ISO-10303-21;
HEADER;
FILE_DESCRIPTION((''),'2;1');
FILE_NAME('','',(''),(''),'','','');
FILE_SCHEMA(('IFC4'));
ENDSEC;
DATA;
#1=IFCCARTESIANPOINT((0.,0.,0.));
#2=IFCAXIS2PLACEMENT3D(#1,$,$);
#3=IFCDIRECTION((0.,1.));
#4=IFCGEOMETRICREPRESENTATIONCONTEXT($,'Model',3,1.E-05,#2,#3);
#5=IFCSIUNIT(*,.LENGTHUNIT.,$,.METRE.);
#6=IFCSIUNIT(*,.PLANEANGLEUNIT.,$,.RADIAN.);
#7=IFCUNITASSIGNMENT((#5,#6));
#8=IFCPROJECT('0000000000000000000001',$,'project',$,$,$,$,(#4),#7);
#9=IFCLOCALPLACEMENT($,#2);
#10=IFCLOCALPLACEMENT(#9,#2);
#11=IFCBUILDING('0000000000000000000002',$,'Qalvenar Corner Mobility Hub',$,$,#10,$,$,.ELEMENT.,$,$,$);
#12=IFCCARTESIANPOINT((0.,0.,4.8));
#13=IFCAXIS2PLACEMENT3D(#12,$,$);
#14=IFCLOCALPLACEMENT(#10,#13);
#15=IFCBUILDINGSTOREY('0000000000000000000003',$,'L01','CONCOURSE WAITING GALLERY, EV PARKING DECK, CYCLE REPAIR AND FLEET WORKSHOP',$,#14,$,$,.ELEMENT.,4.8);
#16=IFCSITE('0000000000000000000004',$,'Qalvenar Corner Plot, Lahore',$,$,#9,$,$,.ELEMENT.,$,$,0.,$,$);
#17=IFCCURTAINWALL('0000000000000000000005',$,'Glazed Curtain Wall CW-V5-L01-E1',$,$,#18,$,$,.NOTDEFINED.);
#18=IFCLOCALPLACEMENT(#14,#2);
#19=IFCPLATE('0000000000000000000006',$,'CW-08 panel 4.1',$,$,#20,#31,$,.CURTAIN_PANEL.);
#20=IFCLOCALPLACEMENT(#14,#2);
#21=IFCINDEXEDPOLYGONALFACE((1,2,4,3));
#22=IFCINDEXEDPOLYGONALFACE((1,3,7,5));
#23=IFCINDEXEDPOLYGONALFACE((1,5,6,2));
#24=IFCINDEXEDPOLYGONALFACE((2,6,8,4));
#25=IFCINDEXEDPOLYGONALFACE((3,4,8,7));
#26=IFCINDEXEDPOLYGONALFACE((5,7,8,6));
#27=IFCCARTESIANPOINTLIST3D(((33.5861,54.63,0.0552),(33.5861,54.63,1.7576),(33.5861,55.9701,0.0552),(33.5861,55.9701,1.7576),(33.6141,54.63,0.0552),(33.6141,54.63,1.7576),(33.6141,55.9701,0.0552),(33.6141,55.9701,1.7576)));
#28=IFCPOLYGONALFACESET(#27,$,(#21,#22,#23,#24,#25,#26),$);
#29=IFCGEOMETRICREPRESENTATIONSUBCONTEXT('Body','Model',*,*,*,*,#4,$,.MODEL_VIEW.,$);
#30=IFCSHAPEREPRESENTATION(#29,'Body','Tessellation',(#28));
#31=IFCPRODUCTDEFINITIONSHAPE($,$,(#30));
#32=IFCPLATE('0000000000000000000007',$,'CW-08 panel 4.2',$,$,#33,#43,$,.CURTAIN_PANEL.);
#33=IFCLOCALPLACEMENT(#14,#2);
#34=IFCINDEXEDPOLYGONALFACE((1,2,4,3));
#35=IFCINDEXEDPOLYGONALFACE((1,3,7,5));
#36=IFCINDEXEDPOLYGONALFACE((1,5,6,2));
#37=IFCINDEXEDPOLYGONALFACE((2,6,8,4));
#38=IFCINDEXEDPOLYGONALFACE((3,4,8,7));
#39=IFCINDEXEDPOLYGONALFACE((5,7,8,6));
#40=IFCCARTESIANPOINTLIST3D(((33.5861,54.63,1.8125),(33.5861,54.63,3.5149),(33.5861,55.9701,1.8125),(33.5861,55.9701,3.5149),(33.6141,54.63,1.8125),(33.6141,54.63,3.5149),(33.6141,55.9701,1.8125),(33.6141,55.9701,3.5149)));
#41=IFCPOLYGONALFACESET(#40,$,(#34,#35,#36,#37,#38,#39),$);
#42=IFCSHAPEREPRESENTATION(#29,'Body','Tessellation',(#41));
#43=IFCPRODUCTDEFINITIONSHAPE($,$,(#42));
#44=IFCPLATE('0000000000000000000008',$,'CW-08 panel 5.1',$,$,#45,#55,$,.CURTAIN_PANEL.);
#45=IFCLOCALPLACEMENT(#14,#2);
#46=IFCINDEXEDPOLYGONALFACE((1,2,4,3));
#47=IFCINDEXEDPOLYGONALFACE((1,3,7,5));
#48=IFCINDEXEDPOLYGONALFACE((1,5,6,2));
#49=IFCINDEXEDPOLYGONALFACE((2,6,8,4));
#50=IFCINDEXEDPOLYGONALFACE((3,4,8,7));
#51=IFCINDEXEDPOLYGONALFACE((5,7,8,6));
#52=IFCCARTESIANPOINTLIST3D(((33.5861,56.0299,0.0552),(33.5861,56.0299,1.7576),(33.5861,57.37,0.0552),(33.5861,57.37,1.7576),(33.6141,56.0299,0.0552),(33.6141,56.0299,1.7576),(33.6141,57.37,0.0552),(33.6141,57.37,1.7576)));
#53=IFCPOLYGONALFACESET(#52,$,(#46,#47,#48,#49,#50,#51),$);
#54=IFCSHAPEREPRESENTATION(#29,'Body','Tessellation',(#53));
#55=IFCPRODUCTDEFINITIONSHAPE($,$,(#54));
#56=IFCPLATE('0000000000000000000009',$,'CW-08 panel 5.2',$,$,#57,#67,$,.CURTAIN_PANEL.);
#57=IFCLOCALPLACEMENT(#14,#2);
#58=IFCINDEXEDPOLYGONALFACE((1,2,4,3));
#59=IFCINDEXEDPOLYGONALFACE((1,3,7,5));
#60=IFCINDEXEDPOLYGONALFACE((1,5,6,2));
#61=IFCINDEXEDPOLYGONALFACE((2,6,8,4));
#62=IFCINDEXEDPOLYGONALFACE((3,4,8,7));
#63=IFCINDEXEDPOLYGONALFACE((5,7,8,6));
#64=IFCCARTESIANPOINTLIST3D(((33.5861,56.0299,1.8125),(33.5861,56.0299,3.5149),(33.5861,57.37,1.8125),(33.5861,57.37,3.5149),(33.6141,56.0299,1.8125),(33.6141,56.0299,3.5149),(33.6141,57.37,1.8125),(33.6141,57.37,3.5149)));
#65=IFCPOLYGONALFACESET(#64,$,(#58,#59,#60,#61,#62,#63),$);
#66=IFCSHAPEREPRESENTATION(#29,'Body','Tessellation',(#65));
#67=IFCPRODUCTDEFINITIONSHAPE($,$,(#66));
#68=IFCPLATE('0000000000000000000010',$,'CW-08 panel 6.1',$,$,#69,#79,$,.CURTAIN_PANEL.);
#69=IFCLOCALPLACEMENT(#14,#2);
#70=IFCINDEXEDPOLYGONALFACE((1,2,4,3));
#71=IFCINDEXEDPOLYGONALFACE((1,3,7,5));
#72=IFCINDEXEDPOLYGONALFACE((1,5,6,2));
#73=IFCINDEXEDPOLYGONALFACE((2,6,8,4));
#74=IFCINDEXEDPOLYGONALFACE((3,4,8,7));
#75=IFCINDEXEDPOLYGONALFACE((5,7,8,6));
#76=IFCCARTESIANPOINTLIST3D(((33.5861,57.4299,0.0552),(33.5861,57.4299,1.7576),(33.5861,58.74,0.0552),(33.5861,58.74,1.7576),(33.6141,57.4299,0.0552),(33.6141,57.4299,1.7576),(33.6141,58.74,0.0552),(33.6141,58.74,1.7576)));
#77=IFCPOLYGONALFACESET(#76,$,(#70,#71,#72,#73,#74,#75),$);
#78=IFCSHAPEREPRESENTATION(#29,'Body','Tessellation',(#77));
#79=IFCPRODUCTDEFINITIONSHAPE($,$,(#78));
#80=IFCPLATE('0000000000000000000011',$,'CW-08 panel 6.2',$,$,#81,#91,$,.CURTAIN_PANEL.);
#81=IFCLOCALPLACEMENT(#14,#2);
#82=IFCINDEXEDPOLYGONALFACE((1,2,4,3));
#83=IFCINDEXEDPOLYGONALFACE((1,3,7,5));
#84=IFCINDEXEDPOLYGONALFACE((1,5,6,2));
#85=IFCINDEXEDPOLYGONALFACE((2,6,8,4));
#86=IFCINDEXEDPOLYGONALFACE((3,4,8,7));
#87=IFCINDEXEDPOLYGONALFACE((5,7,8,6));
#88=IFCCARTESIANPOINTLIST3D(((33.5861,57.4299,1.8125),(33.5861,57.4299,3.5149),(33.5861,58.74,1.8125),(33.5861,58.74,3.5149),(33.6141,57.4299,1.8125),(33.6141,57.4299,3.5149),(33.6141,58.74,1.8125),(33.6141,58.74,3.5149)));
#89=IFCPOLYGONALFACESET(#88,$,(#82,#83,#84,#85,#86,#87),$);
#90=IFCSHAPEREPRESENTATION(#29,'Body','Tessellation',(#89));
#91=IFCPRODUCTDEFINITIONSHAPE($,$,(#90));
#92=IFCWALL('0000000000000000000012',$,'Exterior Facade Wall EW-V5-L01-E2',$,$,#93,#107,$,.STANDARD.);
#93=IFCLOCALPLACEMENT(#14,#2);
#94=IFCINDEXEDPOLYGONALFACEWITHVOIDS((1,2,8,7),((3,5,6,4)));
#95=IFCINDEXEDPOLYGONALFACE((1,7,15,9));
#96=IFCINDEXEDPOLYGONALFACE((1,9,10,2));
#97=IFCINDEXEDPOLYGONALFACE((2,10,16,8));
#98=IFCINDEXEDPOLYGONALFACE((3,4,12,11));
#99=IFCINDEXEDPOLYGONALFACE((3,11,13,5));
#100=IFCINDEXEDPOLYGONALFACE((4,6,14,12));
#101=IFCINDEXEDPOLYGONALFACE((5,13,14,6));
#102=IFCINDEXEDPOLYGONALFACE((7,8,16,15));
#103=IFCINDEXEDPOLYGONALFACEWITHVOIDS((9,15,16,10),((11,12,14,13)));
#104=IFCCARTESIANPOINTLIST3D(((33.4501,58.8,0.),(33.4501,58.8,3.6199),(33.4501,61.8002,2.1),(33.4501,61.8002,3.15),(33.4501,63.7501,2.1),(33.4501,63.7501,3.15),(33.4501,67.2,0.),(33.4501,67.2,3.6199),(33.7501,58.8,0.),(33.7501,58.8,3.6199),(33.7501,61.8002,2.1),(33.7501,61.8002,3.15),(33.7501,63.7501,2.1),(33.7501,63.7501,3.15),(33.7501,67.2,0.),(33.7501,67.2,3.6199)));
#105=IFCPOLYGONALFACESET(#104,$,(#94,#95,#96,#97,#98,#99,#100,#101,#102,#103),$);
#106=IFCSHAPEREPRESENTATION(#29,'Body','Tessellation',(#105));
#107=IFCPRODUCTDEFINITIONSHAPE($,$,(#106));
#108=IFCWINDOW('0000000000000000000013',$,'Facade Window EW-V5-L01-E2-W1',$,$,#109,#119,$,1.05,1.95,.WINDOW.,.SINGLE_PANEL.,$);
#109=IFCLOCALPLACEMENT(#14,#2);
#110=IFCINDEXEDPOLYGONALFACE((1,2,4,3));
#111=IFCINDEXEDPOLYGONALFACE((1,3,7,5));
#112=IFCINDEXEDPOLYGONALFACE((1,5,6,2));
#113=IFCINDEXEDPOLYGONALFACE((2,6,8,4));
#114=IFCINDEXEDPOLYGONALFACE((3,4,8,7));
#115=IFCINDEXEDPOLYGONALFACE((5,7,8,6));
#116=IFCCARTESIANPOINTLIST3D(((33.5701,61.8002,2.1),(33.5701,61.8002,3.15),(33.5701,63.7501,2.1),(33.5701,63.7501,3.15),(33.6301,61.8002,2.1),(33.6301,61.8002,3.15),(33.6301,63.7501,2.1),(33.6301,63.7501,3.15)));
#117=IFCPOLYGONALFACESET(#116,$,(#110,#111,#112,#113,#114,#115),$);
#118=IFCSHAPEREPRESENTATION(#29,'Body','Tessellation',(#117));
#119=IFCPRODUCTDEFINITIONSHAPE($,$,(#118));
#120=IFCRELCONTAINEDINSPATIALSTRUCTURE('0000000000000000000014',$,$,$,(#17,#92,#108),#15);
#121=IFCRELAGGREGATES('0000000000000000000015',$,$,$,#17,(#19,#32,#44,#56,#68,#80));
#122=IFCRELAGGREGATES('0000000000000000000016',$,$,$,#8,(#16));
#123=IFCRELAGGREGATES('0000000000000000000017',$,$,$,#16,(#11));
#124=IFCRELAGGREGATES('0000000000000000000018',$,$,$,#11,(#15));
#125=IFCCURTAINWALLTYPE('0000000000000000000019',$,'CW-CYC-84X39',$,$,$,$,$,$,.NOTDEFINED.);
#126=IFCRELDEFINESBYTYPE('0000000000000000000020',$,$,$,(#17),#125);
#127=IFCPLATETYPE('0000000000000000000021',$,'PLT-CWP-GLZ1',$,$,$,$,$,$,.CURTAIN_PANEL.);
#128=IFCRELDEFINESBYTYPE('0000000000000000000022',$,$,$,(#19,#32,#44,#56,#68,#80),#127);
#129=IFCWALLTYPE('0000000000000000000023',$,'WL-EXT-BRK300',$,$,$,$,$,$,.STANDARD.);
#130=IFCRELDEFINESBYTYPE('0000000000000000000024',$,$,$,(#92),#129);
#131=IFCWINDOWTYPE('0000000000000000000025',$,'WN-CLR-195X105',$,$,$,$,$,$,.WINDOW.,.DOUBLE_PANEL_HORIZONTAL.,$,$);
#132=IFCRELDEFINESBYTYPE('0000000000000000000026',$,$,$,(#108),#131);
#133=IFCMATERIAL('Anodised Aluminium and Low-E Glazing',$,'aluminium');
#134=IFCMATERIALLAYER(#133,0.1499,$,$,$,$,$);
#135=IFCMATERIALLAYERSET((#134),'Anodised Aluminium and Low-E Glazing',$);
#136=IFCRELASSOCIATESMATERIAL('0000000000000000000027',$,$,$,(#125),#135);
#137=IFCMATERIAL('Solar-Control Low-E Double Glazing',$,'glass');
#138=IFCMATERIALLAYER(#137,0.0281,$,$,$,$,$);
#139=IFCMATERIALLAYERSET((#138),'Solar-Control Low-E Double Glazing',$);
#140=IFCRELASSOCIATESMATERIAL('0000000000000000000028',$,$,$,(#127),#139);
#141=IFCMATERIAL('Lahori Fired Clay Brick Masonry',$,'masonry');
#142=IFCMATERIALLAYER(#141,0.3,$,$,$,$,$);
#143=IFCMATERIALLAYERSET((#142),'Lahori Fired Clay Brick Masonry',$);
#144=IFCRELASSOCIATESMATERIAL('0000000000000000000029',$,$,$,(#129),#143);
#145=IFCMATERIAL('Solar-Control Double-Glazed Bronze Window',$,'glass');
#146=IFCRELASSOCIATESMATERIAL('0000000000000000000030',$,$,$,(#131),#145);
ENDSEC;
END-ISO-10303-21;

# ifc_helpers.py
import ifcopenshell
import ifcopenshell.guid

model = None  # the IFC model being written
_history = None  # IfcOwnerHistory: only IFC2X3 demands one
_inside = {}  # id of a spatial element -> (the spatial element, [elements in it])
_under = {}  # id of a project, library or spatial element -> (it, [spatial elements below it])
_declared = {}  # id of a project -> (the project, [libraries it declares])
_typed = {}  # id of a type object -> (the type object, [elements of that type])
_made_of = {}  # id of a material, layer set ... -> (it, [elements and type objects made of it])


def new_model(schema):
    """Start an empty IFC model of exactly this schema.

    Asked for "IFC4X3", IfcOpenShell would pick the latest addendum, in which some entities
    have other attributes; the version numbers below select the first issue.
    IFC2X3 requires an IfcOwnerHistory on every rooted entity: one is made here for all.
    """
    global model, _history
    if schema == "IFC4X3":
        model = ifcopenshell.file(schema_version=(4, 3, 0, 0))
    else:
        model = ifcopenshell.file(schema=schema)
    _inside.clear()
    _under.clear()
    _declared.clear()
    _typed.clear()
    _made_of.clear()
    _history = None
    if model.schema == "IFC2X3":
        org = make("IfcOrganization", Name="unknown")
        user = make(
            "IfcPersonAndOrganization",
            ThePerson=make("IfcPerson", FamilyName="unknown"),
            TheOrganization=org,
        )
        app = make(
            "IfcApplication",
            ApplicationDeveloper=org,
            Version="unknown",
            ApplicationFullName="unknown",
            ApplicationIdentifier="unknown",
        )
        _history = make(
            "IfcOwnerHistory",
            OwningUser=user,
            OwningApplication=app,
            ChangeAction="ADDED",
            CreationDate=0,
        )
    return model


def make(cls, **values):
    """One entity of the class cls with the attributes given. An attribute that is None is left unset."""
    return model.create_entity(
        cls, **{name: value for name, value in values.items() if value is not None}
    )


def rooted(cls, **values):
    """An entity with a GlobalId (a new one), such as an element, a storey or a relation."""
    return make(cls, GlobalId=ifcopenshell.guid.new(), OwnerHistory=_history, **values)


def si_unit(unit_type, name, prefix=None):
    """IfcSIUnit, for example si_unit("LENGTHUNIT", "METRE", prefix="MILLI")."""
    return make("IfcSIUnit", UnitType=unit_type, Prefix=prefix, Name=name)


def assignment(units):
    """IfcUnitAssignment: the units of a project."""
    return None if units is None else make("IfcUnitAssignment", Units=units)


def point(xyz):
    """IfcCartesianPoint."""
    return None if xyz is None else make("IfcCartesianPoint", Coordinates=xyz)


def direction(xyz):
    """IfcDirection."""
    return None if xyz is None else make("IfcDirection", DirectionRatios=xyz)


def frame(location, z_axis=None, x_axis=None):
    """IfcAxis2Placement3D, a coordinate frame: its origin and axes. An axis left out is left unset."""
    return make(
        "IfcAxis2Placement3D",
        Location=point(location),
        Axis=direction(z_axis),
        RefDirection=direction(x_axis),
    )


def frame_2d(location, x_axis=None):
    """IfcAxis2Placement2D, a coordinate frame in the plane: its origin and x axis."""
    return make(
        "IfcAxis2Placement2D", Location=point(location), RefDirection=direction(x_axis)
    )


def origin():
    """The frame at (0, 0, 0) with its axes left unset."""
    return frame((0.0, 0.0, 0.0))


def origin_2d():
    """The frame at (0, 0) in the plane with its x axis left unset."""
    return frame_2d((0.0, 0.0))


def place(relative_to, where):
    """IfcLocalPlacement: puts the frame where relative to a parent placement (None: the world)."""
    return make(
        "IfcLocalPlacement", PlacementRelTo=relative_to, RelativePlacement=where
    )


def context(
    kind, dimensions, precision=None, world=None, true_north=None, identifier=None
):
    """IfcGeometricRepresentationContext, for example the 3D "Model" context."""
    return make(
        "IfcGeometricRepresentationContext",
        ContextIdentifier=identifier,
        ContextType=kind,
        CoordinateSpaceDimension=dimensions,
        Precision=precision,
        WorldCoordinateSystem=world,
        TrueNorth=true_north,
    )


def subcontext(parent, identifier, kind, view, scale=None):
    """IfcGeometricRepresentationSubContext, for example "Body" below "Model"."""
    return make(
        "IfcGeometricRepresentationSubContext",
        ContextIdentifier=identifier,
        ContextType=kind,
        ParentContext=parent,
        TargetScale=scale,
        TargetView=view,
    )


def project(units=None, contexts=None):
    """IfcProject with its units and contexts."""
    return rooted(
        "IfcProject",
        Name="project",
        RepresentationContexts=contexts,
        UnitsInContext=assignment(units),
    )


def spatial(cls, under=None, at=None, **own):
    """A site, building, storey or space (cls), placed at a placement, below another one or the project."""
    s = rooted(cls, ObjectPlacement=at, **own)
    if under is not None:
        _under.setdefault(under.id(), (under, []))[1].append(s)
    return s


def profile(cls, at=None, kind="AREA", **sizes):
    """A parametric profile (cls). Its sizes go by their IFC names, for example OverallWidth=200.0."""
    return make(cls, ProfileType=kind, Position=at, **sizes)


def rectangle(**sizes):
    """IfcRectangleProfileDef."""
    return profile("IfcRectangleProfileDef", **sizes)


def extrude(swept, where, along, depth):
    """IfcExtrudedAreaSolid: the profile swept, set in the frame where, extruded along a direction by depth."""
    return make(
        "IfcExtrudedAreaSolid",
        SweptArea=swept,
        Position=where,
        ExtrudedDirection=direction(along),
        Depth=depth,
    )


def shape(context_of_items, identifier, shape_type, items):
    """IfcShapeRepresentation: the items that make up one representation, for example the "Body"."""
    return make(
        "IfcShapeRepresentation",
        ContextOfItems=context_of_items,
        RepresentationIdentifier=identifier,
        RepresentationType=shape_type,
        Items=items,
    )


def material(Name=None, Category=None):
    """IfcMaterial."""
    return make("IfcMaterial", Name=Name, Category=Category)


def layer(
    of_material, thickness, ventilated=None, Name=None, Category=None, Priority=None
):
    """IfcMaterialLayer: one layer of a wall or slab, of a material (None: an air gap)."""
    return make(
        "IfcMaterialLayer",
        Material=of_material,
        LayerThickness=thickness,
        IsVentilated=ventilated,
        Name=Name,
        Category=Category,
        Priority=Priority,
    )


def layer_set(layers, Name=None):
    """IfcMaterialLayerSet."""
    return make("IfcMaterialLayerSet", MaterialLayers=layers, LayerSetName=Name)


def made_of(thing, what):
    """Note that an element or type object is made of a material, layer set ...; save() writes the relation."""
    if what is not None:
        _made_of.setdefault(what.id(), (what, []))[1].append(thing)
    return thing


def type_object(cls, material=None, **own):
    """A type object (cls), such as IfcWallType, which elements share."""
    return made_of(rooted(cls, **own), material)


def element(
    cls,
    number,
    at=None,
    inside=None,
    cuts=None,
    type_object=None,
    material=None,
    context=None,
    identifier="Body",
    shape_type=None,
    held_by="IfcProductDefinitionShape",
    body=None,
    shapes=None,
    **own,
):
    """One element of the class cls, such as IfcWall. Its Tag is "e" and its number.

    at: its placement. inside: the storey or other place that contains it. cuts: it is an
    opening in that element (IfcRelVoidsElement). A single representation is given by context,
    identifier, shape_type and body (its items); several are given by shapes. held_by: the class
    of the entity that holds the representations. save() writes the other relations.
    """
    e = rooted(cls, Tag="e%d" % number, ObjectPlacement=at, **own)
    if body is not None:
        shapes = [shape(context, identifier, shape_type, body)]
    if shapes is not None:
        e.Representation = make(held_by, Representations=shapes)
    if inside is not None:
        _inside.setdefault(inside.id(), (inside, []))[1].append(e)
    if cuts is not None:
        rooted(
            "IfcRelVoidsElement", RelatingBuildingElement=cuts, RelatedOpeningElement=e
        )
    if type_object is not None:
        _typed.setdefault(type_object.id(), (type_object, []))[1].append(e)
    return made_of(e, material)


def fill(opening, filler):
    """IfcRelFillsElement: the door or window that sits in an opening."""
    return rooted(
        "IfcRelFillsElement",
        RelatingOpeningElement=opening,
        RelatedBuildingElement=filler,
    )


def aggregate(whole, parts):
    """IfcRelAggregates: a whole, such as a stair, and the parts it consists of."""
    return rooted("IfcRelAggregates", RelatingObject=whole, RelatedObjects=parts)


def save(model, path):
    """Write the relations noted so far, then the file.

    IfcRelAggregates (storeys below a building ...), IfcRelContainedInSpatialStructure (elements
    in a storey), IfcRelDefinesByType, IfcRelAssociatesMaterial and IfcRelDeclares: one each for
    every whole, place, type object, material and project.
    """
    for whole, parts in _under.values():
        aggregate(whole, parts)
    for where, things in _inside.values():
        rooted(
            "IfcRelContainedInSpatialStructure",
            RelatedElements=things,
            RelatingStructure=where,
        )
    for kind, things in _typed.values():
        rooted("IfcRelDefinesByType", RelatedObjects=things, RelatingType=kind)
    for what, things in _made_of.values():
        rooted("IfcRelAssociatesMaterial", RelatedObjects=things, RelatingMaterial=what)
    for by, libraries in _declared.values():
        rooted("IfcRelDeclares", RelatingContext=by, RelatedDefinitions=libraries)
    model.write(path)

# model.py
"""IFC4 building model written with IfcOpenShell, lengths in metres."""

from ifc_helpers import new_model, si_unit, direction, frame, frame_2d, origin, origin_2d, place, context, subcontext, project, spatial, rectangle, extrude, material, layer, layer_set, type_object, element, fill, aggregate, save


model = new_model("IFC4")

# Units and contexts
model_context = context("Model", 3, precision=1e-05, world=origin(), true_north=direction((0.0, 1.0)))
body_context = subcontext(model_context, "Body", "Model", "MODEL_VIEW")
ifc_project = project(units=[si_unit("LENGTHUNIT", "METRE"), si_unit("PLANEANGLEUNIT", "RADIAN")], contexts=[model_context])

# Site, building, storey
site_placement = place(None, origin())
site = spatial("IfcSite", under=ifc_project, at=site_placement, Name="Qalvenar Corner Plot, Lahore", CompositionType="ELEMENT", RefElevation=0.0)
building_placement = place(site_placement, origin())
building = spatial("IfcBuilding", under=site, at=building_placement, Name="Qalvenar Corner Mobility Hub", CompositionType="ELEMENT")
storey_placement = place(building_placement, frame((0.0, 0.0, 4.8)))
storey = spatial("IfcBuildingStorey", under=building, at=storey_placement, Name="L01", Description="CONCOURSE WAITING GALLERY, EV PARKING DECK, CYCLE REPAIR AND FLEET WORKSHOP", CompositionType="ELEMENT", Elevation=4.8)

# Curtain wall, plates
ifc_material_1 = material(Name="Anodised Aluminium and Low-E Glazing", Category="aluminium")
ifc_layer_1 = layer(ifc_material_1, 0.1499)
ifc_layer_set_1 = layer_set([ifc_layer_1], Name="Anodised Aluminium and Low-E Glazing")
curtain_wall_type = type_object("IfcCurtainWallType", Name="CW-CYC-84X39", PredefinedType="NOTDEFINED", material=ifc_layer_set_1)
curtain_wall_placement = place(storey_placement, origin())
curtain_wall = element("IfcCurtainWall", 1, at=curtain_wall_placement, inside=storey, type_object=curtain_wall_type, Name="Glazed Curtain Wall CW-V5-L01-E1", PredefinedType="NOTDEFINED")
ifc_material_2 = material(Name="Solar-Control Low-E Double Glazing", Category="glass")
ifc_layer_2 = layer(ifc_material_2, 0.0281)
ifc_layer_set_2 = layer_set([ifc_layer_2], Name="Solar-Control Low-E Double Glazing")
plate_type = type_object("IfcPlateType", Name="PLT-CWP-GLZ1", PredefinedType="CURTAIN_PANEL", material=ifc_layer_set_2)
plate_1_placement = place(storey_placement, frame((33.6001, 55.3, 0.0552), z_axis=(0.0, 0.0, 1.0), x_axis=(0.0, 1.0, 0.0)))
plate_1 = element("IfcPlate", 2, at=plate_1_placement, type_object=plate_type, Name="CW-08 panel 4.1", PredefinedType="CURTAIN_PANEL", context=body_context, shape_type="SweptSolid", body=[
    extrude(rectangle(XDim=1.3401, YDim=0.0281, at=origin_2d()), origin(), (0.0, 0.0, 1.0), 1.7024),
])
plate_2_placement = place(storey_placement, frame((33.6001, 55.3, 1.8125), z_axis=(0.0, 0.0, 1.0), x_axis=(0.0, 1.0, 0.0)))
plate_2 = element("IfcPlate", 3, at=plate_2_placement, type_object=plate_type, Name="CW-08 panel 4.2", PredefinedType="CURTAIN_PANEL", context=body_context, shape_type="SweptSolid", body=[
    extrude(rectangle(XDim=1.3401, YDim=0.0281, at=origin_2d()), origin(), (0.0, 0.0, 1.0), 1.7024),
])
plate_3_placement = place(storey_placement, frame((33.6001, 56.7, 0.0552), z_axis=(0.0, 0.0, 1.0), x_axis=(0.0, 1.0, 0.0)))
plate_3 = element("IfcPlate", 4, at=plate_3_placement, type_object=plate_type, Name="CW-08 panel 5.1", PredefinedType="CURTAIN_PANEL", context=body_context, shape_type="SweptSolid", body=[
    extrude(rectangle(XDim=1.3401, YDim=0.0281, at=origin_2d()), origin(), (0.0, 0.0, 1.0), 1.7024),
])
plate_4_placement = place(storey_placement, frame((33.6001, 56.7, 1.8125), z_axis=(0.0, 0.0, 1.0), x_axis=(0.0, 1.0, 0.0)))
plate_4 = element("IfcPlate", 5, at=plate_4_placement, type_object=plate_type, Name="CW-08 panel 5.2", PredefinedType="CURTAIN_PANEL", context=body_context, shape_type="SweptSolid", body=[
    extrude(rectangle(XDim=1.3401, YDim=0.0281, at=origin_2d()), origin(), (0.0, 0.0, 1.0), 1.7024),
])
plate_5_placement = place(storey_placement, frame((33.6001, 58.085, 0.0552), z_axis=(0.0, 0.0, 1.0), x_axis=(0.0, 1.0, 0.0)))
plate_5 = element("IfcPlate", 6, at=plate_5_placement, type_object=plate_type, Name="CW-08 panel 6.1", PredefinedType="CURTAIN_PANEL", context=body_context, shape_type="SweptSolid", body=[
    extrude(rectangle(XDim=1.3101, YDim=0.0281, at=origin_2d()), origin(), (0.0, 0.0, 1.0), 1.7024),
])
plate_6_placement = place(storey_placement, frame((33.6001, 58.085, 1.8125), z_axis=(0.0, 0.0, 1.0), x_axis=(0.0, 1.0, 0.0)))
plate_6 = element("IfcPlate", 7, at=plate_6_placement, type_object=plate_type, Name="CW-08 panel 6.2", PredefinedType="CURTAIN_PANEL", context=body_context, shape_type="SweptSolid", body=[
    extrude(rectangle(XDim=1.3101, YDim=0.0281, at=origin_2d()), origin(), (0.0, 0.0, 1.0), 1.7024),
])
aggregate(curtain_wall, [plate_1, plate_2, plate_3, plate_4, plate_5, plate_6])

# Wall, opening, window
ifc_material_3 = material(Name="Lahori Fired Clay Brick Masonry", Category="masonry")
ifc_layer_3 = layer(ifc_material_3, 0.3)
ifc_layer_set_3 = layer_set([ifc_layer_3], Name="Lahori Fired Clay Brick Masonry")
wall_type = type_object("IfcWallType", Name="WL-EXT-BRK300", PredefinedType="STANDARD", material=ifc_layer_set_3)
wall_placement = place(storey_placement, frame((33.6001, 58.8, 0.0), z_axis=(0.0, 0.0, 1.0), x_axis=(0.0, 1.0, 0.0)))
wall = element("IfcWall", 8, at=wall_placement, inside=storey, type_object=wall_type, Name="Exterior Facade Wall EW-V5-L01-E2", PredefinedType="STANDARD", context=body_context, shape_type="SweptSolid", body=[
    extrude(rectangle(XDim=8.3999, YDim=0.3, at=frame_2d((4.2, 0.0))), origin(), (0.0, 0.0, 1.0), 3.6199),
])
opening_placement = place(wall_placement, frame((3.0, 0.0, 2.1001)))
opening = element("IfcOpeningElement", 9, at=opening_placement, cuts=wall, PredefinedType="OPENING", context=body_context, shape_type="SweptSolid", body=[
    extrude(rectangle(XDim=1.95, YDim=1.05, at=frame_2d((0.9751, 0.5249))), frame((0.0, 0.1602, 0.0), z_axis=(0.0, -1.0, 0.0), x_axis=(1.0, 0.0, 0.0)), (0.0, 0.0, 1.0), 0.3201),
])
ifc_material_4 = material(Name="Solar-Control Double-Glazed Bronze Window", Category="glass")
window_type = type_object("IfcWindowType", Name="WN-CLR-195X105", PartitioningType="DOUBLE_PANEL_HORIZONTAL", PredefinedType="WINDOW", material=ifc_material_4)
window_placement = place(opening_placement, origin())
window = element("IfcWindow", 10, at=window_placement, inside=storey, type_object=window_type, Name="Facade Window EW-V5-L01-E2-W1", OverallHeight=1.05, OverallWidth=1.95, PartitioningType="SINGLE_PANEL", PredefinedType="WINDOW", context=body_context, shape_type="SweptSolid", body=[
    extrude(rectangle(XDim=1.95, YDim=1.05, at=frame_2d((0.9751, 0.5249))), frame((0.0, 0.03, 0.0), z_axis=(0.0, -1.0, 0.0), x_axis=(1.0, 0.0, 0.0)), (0.0, 0.0, 1.0), 0.0601),
])
fill(opening, window)

save(model, "model.ifc")
